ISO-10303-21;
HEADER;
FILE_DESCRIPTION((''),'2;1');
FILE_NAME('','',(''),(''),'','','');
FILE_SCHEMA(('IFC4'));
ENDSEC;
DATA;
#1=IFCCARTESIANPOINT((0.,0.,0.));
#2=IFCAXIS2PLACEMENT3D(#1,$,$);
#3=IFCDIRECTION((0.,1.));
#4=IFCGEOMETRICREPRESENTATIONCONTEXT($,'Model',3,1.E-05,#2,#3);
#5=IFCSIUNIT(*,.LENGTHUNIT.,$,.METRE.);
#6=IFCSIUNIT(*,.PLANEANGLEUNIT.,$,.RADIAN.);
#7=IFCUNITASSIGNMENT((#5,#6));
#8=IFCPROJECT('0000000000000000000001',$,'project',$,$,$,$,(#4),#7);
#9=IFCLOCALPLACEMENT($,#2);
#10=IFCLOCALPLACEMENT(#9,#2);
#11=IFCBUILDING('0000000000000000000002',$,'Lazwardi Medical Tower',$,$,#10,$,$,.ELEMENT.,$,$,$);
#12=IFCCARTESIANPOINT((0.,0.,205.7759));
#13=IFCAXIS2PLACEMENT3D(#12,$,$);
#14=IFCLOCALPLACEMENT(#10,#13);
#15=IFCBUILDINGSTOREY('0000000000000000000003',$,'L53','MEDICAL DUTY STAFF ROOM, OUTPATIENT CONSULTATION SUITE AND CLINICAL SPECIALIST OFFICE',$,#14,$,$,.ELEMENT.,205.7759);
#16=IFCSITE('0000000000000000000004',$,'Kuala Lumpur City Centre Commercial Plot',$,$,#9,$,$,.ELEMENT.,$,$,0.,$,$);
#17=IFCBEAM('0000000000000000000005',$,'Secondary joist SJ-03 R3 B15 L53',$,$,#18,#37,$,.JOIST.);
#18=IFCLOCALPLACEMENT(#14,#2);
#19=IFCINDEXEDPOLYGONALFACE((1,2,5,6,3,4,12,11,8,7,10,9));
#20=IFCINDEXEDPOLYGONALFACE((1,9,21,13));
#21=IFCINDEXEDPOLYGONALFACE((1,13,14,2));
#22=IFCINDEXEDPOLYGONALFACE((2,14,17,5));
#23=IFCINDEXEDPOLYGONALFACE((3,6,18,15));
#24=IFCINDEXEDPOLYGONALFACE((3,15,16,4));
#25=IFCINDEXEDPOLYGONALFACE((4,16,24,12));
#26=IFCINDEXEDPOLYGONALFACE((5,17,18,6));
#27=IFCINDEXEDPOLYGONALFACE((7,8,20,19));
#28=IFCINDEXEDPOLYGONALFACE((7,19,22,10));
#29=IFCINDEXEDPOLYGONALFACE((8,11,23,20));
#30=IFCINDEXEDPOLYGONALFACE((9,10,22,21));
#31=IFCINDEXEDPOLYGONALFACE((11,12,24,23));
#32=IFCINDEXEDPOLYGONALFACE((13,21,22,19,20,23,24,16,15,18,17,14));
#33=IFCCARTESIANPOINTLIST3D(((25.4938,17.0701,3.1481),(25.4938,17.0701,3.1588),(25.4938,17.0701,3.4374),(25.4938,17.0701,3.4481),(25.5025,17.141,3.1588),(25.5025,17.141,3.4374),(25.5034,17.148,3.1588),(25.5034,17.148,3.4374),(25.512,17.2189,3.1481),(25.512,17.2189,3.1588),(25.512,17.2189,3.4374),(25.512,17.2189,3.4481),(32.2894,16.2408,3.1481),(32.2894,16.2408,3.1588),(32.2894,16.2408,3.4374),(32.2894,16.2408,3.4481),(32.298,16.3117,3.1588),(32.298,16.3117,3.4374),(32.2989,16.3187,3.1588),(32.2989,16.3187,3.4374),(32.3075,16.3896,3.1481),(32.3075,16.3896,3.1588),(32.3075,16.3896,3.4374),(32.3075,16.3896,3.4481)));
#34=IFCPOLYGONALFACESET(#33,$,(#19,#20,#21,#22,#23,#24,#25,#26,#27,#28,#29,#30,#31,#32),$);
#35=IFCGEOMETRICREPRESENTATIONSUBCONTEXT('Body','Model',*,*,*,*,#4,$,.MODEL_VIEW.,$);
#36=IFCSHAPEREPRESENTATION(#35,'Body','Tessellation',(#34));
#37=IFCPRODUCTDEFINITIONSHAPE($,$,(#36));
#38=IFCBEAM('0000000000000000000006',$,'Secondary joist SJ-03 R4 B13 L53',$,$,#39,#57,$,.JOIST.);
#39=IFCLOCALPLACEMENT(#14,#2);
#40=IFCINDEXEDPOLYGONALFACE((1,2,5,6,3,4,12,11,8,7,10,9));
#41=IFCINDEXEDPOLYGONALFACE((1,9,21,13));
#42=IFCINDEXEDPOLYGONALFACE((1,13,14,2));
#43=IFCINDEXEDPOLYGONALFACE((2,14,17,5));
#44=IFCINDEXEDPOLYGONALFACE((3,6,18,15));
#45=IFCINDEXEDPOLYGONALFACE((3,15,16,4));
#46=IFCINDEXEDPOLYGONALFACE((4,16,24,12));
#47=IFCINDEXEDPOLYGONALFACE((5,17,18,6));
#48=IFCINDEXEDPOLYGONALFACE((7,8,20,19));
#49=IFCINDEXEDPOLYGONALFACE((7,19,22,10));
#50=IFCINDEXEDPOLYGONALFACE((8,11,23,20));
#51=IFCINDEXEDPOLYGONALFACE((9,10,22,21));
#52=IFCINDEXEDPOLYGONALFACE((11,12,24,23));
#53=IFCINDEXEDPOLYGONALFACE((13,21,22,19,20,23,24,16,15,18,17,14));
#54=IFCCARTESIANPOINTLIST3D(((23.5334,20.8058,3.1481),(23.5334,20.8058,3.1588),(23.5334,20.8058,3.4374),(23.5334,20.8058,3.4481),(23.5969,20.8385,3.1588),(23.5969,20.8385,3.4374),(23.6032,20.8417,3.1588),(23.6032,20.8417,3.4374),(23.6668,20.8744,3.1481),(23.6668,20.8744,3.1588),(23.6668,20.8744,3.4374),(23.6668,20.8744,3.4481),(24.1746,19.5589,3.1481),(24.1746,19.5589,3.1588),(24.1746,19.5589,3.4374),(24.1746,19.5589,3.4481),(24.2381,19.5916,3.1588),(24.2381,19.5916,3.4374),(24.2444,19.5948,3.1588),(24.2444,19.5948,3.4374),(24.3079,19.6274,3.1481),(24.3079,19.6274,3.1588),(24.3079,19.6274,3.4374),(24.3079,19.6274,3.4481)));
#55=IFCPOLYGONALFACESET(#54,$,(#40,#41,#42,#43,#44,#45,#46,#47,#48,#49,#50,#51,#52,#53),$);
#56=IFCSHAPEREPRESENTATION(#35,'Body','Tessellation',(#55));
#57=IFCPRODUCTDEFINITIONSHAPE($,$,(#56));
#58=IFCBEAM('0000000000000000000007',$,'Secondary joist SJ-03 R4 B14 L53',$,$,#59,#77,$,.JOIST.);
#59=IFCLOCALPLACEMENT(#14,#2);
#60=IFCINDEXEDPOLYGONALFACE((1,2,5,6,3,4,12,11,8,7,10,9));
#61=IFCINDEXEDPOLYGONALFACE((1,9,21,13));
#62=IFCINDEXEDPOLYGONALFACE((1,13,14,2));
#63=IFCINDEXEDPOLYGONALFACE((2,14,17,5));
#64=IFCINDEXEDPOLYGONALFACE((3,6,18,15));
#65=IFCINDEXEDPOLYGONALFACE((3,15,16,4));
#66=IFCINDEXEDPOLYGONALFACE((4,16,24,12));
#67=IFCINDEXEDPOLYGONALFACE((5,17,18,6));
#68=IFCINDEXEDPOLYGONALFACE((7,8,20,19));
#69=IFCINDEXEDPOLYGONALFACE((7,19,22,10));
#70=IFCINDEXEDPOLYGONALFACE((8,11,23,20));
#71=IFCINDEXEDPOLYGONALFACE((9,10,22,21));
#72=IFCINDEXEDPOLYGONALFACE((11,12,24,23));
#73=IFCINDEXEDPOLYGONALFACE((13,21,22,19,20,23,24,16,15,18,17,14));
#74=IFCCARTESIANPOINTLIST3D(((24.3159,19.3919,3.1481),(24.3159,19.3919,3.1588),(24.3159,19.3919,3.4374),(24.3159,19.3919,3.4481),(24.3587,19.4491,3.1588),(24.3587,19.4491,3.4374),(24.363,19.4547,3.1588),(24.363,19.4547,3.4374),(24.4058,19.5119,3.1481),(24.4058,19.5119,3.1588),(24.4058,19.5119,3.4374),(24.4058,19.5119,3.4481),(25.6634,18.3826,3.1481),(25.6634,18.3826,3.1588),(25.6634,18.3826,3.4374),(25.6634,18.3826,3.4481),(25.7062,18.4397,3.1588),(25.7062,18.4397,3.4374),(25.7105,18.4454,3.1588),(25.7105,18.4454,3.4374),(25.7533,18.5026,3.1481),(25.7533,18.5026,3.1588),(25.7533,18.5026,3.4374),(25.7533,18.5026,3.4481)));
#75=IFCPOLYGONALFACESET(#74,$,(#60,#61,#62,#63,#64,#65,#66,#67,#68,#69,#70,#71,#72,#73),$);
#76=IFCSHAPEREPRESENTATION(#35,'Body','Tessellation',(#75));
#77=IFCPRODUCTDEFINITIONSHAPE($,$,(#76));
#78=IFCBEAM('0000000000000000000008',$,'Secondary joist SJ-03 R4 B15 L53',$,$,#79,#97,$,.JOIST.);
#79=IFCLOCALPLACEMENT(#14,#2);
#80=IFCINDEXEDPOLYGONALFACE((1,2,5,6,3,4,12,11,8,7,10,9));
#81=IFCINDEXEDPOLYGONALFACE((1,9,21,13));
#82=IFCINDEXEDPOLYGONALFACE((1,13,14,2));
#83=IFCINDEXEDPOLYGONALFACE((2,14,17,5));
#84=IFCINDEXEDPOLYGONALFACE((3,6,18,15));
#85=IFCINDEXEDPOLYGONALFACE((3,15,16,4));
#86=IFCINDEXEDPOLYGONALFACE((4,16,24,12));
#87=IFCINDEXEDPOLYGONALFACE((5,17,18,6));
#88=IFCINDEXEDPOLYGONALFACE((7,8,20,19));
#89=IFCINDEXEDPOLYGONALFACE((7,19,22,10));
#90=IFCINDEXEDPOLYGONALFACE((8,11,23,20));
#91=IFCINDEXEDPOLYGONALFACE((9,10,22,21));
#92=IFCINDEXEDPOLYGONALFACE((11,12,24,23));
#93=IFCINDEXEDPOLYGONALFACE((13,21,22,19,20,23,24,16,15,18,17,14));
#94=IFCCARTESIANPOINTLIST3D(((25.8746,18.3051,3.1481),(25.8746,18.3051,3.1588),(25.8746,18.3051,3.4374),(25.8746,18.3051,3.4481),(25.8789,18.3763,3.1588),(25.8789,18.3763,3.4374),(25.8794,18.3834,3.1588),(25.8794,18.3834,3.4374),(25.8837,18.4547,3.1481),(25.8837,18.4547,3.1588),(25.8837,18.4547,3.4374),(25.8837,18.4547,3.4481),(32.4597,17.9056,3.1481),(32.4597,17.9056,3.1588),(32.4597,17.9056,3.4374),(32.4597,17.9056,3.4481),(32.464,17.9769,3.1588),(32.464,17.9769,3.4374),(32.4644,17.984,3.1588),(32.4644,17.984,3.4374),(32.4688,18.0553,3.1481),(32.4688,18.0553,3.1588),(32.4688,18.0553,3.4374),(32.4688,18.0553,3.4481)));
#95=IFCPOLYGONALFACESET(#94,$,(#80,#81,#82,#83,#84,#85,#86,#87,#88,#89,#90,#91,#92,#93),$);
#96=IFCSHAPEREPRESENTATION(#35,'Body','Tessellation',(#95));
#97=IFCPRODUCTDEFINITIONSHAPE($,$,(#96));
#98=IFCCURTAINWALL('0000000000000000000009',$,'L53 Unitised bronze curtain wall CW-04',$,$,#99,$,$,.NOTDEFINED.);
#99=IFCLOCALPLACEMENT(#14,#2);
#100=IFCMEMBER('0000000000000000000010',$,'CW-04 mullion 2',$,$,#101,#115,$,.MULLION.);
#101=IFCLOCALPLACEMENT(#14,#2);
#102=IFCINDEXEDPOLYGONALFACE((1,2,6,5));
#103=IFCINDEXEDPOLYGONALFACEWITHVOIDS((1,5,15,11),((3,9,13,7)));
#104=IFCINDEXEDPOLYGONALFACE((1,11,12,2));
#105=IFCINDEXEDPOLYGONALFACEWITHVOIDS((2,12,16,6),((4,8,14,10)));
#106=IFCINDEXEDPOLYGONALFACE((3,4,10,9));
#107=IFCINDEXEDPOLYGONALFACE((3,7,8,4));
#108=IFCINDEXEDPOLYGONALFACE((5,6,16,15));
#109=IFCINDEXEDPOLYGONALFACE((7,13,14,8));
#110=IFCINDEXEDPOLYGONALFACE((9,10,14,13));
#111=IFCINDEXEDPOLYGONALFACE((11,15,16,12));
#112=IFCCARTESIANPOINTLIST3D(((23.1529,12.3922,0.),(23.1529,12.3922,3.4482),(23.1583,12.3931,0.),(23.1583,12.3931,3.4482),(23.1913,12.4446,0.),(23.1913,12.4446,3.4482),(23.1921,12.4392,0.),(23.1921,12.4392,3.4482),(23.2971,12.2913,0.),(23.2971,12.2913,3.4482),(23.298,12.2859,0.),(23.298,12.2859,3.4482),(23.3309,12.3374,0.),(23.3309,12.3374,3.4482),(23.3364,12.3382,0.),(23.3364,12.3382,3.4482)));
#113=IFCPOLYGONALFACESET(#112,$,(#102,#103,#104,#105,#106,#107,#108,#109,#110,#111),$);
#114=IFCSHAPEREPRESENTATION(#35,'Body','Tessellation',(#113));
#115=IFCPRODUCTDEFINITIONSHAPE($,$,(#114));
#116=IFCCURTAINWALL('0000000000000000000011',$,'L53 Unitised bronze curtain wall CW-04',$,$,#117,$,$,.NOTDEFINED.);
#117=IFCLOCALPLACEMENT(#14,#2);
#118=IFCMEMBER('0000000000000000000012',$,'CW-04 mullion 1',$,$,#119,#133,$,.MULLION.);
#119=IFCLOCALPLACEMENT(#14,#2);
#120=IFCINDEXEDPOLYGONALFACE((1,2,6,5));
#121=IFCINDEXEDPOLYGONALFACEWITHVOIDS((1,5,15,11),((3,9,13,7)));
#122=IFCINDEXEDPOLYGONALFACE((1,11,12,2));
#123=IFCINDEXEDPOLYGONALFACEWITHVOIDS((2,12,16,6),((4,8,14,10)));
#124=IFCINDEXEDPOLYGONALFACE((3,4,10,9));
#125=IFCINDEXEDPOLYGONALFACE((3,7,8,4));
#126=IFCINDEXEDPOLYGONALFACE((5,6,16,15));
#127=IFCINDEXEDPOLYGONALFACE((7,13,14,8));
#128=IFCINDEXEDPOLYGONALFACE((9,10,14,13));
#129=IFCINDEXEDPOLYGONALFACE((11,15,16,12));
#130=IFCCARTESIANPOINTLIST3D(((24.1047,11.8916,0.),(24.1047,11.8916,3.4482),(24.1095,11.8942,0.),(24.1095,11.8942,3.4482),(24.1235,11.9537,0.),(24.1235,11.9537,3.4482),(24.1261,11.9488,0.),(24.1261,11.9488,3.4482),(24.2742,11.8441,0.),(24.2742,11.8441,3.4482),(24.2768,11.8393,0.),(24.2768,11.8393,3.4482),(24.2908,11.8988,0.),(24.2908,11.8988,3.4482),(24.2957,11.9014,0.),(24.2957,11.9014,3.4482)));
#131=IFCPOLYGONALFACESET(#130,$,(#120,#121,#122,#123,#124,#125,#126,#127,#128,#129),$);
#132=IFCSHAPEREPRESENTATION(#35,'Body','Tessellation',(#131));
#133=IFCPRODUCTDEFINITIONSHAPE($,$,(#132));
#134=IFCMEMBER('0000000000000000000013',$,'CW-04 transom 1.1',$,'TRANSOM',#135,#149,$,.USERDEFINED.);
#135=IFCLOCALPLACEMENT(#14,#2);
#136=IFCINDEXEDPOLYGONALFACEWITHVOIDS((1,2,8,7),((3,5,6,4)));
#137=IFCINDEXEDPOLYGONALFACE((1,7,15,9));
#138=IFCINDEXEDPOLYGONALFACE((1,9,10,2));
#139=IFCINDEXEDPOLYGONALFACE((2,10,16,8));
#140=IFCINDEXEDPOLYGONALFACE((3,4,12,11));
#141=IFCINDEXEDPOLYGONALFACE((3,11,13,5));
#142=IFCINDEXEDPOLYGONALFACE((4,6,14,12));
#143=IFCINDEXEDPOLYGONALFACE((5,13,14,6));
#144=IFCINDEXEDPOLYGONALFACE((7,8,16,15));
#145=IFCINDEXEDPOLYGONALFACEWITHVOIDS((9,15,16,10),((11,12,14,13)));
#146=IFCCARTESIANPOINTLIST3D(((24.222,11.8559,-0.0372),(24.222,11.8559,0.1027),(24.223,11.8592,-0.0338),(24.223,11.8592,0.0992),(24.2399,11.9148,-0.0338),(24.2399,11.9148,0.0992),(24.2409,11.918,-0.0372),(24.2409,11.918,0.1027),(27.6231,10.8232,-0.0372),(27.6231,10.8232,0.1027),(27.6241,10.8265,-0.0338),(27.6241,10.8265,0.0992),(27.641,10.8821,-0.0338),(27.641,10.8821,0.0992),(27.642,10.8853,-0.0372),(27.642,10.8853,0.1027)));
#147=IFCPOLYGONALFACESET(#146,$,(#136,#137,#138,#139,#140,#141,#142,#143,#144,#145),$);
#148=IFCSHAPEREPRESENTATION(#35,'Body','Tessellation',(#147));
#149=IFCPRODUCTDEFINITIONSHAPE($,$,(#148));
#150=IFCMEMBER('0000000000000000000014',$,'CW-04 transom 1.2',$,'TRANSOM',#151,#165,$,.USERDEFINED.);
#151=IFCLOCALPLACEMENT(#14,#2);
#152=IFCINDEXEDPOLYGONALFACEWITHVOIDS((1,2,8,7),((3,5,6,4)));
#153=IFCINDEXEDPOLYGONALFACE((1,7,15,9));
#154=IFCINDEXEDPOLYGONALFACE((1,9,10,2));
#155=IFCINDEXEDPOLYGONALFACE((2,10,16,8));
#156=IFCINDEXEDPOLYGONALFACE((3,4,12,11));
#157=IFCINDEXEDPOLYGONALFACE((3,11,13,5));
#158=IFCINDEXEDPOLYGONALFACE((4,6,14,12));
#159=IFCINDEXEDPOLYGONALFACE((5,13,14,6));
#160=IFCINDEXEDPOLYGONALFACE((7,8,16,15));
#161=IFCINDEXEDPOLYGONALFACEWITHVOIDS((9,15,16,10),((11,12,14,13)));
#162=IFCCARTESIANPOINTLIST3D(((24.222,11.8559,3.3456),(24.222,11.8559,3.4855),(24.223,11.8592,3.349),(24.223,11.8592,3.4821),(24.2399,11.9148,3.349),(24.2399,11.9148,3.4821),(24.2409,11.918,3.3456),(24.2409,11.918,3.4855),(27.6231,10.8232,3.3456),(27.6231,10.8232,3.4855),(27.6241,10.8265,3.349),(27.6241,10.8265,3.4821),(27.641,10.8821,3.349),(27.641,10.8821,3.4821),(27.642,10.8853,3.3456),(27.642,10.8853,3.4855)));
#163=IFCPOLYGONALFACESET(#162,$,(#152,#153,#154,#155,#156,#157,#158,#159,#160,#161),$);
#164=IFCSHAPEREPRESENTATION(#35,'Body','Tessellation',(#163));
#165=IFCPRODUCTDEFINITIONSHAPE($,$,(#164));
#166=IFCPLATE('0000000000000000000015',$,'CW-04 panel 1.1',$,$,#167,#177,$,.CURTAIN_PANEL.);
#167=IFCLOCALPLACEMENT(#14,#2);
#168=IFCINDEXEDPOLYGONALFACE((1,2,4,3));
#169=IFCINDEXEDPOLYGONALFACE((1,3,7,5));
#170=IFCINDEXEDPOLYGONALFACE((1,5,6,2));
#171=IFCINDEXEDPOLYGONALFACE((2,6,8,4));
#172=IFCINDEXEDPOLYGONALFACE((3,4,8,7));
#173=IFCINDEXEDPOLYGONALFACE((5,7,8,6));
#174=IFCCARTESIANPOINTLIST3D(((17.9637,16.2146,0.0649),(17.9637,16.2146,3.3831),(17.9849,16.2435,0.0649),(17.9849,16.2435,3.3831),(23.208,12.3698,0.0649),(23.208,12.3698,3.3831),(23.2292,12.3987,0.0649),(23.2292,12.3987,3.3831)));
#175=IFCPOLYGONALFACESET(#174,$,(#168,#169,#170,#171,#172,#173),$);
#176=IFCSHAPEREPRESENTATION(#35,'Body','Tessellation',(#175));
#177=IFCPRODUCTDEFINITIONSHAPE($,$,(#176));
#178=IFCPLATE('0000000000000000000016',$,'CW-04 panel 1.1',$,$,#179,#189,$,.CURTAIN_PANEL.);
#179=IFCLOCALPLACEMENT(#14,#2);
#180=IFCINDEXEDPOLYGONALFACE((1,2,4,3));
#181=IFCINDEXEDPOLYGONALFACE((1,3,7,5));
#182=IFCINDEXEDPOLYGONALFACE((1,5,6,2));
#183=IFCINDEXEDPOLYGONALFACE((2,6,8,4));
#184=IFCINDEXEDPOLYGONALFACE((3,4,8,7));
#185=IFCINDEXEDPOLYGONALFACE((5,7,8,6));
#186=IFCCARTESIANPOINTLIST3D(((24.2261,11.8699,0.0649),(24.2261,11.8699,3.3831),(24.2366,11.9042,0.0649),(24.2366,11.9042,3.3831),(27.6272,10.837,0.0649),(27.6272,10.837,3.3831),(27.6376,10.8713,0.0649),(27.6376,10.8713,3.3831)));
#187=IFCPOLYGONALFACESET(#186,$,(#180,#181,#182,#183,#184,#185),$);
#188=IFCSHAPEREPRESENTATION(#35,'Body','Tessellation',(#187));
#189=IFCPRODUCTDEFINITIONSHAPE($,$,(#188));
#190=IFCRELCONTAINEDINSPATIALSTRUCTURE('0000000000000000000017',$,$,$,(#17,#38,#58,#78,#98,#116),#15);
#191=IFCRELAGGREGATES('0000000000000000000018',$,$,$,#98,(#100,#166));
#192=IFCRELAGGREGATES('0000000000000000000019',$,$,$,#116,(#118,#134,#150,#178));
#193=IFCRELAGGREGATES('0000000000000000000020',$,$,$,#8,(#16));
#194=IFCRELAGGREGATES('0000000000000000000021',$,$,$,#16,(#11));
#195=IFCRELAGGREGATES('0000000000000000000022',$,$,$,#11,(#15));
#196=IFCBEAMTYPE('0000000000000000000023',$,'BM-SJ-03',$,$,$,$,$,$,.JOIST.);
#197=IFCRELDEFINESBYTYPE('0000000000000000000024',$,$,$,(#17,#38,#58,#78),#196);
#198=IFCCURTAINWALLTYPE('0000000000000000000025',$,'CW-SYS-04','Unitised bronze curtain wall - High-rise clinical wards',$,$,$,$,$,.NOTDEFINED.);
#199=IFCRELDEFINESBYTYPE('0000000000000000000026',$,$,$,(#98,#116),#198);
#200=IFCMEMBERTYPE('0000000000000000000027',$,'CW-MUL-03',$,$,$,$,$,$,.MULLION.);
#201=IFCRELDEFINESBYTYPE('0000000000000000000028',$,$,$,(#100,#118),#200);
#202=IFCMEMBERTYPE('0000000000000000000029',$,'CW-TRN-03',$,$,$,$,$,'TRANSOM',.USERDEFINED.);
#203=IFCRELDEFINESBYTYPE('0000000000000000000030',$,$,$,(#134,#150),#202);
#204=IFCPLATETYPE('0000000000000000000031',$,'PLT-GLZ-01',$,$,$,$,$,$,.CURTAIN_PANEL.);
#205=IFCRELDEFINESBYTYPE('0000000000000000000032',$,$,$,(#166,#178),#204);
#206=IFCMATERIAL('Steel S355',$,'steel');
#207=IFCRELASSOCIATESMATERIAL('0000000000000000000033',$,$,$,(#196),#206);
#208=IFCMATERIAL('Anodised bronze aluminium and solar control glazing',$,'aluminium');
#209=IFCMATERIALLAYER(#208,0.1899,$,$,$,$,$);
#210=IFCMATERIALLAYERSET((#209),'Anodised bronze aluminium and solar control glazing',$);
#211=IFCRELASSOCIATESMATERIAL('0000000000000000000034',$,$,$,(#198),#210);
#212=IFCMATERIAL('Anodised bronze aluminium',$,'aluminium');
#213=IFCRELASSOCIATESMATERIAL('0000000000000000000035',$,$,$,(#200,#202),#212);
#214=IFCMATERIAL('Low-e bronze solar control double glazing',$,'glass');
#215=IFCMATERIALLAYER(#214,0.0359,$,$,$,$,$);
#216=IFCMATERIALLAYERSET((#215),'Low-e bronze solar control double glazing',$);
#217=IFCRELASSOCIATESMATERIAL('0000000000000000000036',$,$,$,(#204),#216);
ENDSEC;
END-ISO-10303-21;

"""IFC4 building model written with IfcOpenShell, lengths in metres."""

from ifc_helpers import new_model, si_unit, direction, frame, origin, origin_2d, place, context, subcontext, project, spatial, rectangle, hollow_rectangle, i_section, extrude, material, layer, layer_set, material_profile, profile_set, type_object, element, aggregate, save


model = new_model("IFC4")

# Units and contexts
model_context = context("Model", 3, precision=1e-05, world=origin(), true_north=direction((0.0, 1.0)))
body_context = subcontext(model_context, "Body", "Model", "MODEL_VIEW")
ifc_project = project(units=[si_unit("LENGTHUNIT", "METRE"), si_unit("PLANEANGLEUNIT", "RADIAN")], contexts=[model_context])

# Site, building, storey
site_placement = place(None, origin())
site = spatial("IfcSite", under=ifc_project, at=site_placement, Name="Kuala Lumpur City Centre Commercial Plot", CompositionType="ELEMENT", RefElevation=0.0)
building_placement = place(site_placement, origin())
building = spatial("IfcBuilding", under=site, at=building_placement, Name="Lazwardi Medical Tower", CompositionType="ELEMENT")
storey_placement = place(building_placement, frame((0.0, 0.0, 205.7759)))
storey = spatial("IfcBuildingStorey", under=building, at=storey_placement, Name="L53", Description="MEDICAL DUTY STAFF ROOM, OUTPATIENT CONSULTATION SUITE AND CLINICAL SPECIALIST OFFICE", CompositionType="ELEMENT", Elevation=205.7759)

# Beams
ifc_material_1 = material(Name="Steel S355", Category="steel")
ifc_material_profile_1 = material_profile(ifc_material_1, i_section(OverallWidth=0.1499, OverallDepth=0.3, WebThickness=0.0071, FlangeThickness=0.0107, at=origin_2d()), Name="IPE 300")
ifc_profile_set_1 = profile_set([ifc_material_profile_1], Name="Steel S355")
beam_type_1 = type_object("IfcBeamType", Name="BM-SJ-03", PredefinedType="JOIST", material=ifc_profile_set_1)
beam_1_placement = place(storey_placement, frame((25.5029, 17.1445, 3.2981), z_axis=(0.992635, -0.121146, 0.0), x_axis=(0.121146, 0.992635, 0.0)))
element("IfcBeam", 1, at=beam_1_placement, inside=storey, type_object=beam_type_1, Name="Secondary joist SJ-03 R3 B15 L53", PredefinedType="JOIST", context=body_context, shape_type="SweptSolid", body=[
    extrude(i_section(OverallWidth=0.1499, OverallDepth=0.3, WebThickness=0.0071, FlangeThickness=0.0107, at=origin_2d()), origin(), (0.0, 0.0, 1.0), 6.8459),
])
beam_2_placement = place(storey_placement, frame((23.6001, 20.8401, 3.2981), z_axis=(0.457285, -0.88932, 0.0), x_axis=(0.88932, 0.457285, 0.0)))
element("IfcBeam", 2, at=beam_2_placement, inside=storey, type_object=beam_type_1, Name="Secondary joist SJ-03 R4 B13 L53", PredefinedType="JOIST", context=body_context, shape_type="SweptSolid", body=[
    extrude(i_section(OverallWidth=0.1499, OverallDepth=0.3, WebThickness=0.0071, FlangeThickness=0.0107, at=origin_2d()), origin(), (0.0, 0.0, 1.0), 1.4021),
])
beam_3_placement = place(storey_placement, frame((24.3608, 19.4519, 3.2981), z_axis=(0.800365, -0.599513, 0.0), x_axis=(0.599513, 0.800365, 0.0)))
element("IfcBeam", 3, at=beam_3_placement, inside=storey, type_object=beam_type_1, Name="Secondary joist SJ-03 R4 B14 L53", PredefinedType="JOIST", context=body_context, shape_type="SweptSolid", body=[
    extrude(i_section(OverallWidth=0.1499, OverallDepth=0.3, WebThickness=0.0071, FlangeThickness=0.0107, at=origin_2d()), origin(), (0.0, 0.0, 1.0), 1.6836),
])
beam_4_placement = place(storey_placement, frame((25.8792, 18.3799, 3.2981), z_axis=(0.998166, -0.060544, 0.0), x_axis=(0.060544, 0.998166, 0.0)))
element("IfcBeam", 4, at=beam_4_placement, inside=storey, type_object=beam_type_1, Name="Secondary joist SJ-03 R4 B15 L53", PredefinedType="JOIST", context=body_context, shape_type="SweptSolid", body=[
    extrude(i_section(OverallWidth=0.1499, OverallDepth=0.3, WebThickness=0.0071, FlangeThickness=0.0107, at=origin_2d()), origin(), (0.0, 0.0, 1.0), 6.5972),
])

# Curtain wall, member
ifc_material_2 = material(Name="Anodised bronze aluminium and solar control glazing", Category="aluminium")
ifc_layer_1 = layer(ifc_material_2, 0.1899)
ifc_layer_set_1 = layer_set([ifc_layer_1], Name="Anodised bronze aluminium and solar control glazing")
curtain_wall_type = type_object("IfcCurtainWallType", Name="CW-SYS-04", Description="Unitised bronze curtain wall - High-rise clinical wards", PredefinedType="NOTDEFINED", material=ifc_layer_set_1)
curtain_wall_1_placement = place(storey_placement, origin())
curtain_wall_1 = element("IfcCurtainWall", 5, at=curtain_wall_1_placement, inside=storey, type_object=curtain_wall_type, Name="L53 Unitised bronze curtain wall CW-04", PredefinedType="NOTDEFINED")
ifc_material_3 = material(Name="Anodised bronze aluminium", Category="aluminium")
ifc_material_profile_2 = material_profile(ifc_material_3, hollow_rectangle(XDim=0.0649, YDim=0.1799, WallThickness=0.0039, at=origin_2d()), Name="ALU-MULLION 180x65x4")
ifc_profile_set_2 = profile_set([ifc_material_profile_2], Name="Anodised bronze aluminium")
member_type_1 = type_object("IfcMemberType", Name="CW-MUL-03", PredefinedType="MULLION", material=ifc_profile_set_2)
member_1_placement = place(storey_placement, frame((23.2446, 12.3652, 0.0), z_axis=(0.0, 0.0, 1.0), x_axis=(0.591268, 0.806475, 0.0)))
member_1 = element("IfcMember", 6, at=member_1_placement, type_object=member_type_1, Name="CW-04 mullion 2", PredefinedType="MULLION", context=body_context, shape_type="SweptSolid", body=[
    extrude(hollow_rectangle(XDim=0.0649, YDim=0.1799, WallThickness=0.0039, at=origin_2d()), origin(), (0.0, 0.0, 1.0), 3.4482),
])

# Curtain wall, members
curtain_wall_2_placement = place(storey_placement, origin())
curtain_wall_2 = element("IfcCurtainWall", 7, at=curtain_wall_2_placement, inside=storey, type_object=curtain_wall_type, Name="L53 Unitised bronze curtain wall CW-04", PredefinedType="NOTDEFINED")
member_2_placement = place(storey_placement, frame((24.2002, 11.8965, 0.0), z_axis=(0.0, 0.0, 1.0), x_axis=(0.290582, 0.95685, 0.0)))
member_2 = element("IfcMember", 8, at=member_2_placement, type_object=member_type_1, Name="CW-04 mullion 1", PredefinedType="MULLION", context=body_context, shape_type="SweptSolid", body=[
    extrude(hollow_rectangle(XDim=0.0649, YDim=0.1799, WallThickness=0.0039, at=origin_2d()), origin(), (0.0, 0.0, 1.0), 3.4482),
])
ifc_material_profile_3 = material_profile(ifc_material_3, hollow_rectangle(XDim=0.0649, YDim=0.1399, WallThickness=0.0034, at=origin_2d()), Name="ALU-TRANSOM 140x65x3.5")
ifc_profile_set_3 = profile_set([ifc_material_profile_3], Name="Anodised bronze aluminium")
member_type_2 = type_object("IfcMemberType", Name="CW-TRN-03", ElementType="TRANSOM", PredefinedType="USERDEFINED", material=ifc_profile_set_3)
member_3_placement = place(storey_placement, frame((24.2314, 11.887, 0.0327), z_axis=(0.956863, -0.290541, 0.0), x_axis=(0.290541, 0.956863, 0.0)))
member_3 = element("IfcMember", 9, at=member_3_placement, type_object=member_type_2, Name="CW-04 transom 1.1", ObjectType="TRANSOM", PredefinedType="USERDEFINED", context=body_context, shape_type="SweptSolid", body=[
    extrude(hollow_rectangle(XDim=0.0649, YDim=0.1399, WallThickness=0.0034, at=origin_2d()), origin(), (0.0, 0.0, 1.0), 3.5544),
])
member_4_placement = place(storey_placement, frame((24.2314, 11.887, 3.4155), z_axis=(0.956863, -0.290541, 0.0), x_axis=(0.290541, 0.956863, 0.0)))
member_4 = element("IfcMember", 10, at=member_4_placement, type_object=member_type_2, Name="CW-04 transom 1.2", ObjectType="TRANSOM", PredefinedType="USERDEFINED", context=body_context, shape_type="SweptSolid", body=[
    extrude(hollow_rectangle(XDim=0.0649, YDim=0.1399, WallThickness=0.0034, at=origin_2d()), origin(), (0.0, 0.0, 1.0), 3.5544),
])

# Plates
ifc_material_4 = material(Name="Low-e bronze solar control double glazing", Category="glass")
ifc_layer_2 = layer(ifc_material_4, 0.0359)
ifc_layer_set_2 = layer_set([ifc_layer_2], Name="Low-e bronze solar control double glazing")
plate_type = type_object("IfcPlateType", Name="PLT-GLZ-01", PredefinedType="CURTAIN_PANEL", material=ifc_layer_set_2)
plate_1_placement = place(storey_placement, frame((20.5964, 14.3066, 0.0649), z_axis=(0.0, 0.0, 1.0), x_axis=(0.806475, -0.591268, 0.0)))
plate_1 = element("IfcPlate", 11, at=plate_1_placement, type_object=plate_type, Name="CW-04 panel 1.1", PredefinedType="CURTAIN_PANEL", context=body_context, shape_type="SweptSolid", body=[
    extrude(rectangle(XDim=6.5027, YDim=0.0359, at=origin_2d()), origin(), (0.0, 0.0, 1.0), 3.3181),
])
aggregate(curtain_wall_1, [member_1, plate_1])
plate_2_placement = place(storey_placement, frame((25.9319, 11.3706, 0.0649), z_axis=(0.0, 0.0, 1.0), x_axis=(0.95685, -0.290582, 0.0)))
plate_2 = element("IfcPlate", 12, at=plate_2_placement, type_object=plate_type, Name="CW-04 panel 1.1", PredefinedType="CURTAIN_PANEL", context=body_context, shape_type="SweptSolid", body=[
    extrude(rectangle(XDim=3.5544, YDim=0.0359, at=origin_2d()), origin(), (0.0, 0.0, 1.0), 3.3181),
])
aggregate(curtain_wall_2, [member_2, member_3, member_4, plate_2])

save(model, "model.ifc")
